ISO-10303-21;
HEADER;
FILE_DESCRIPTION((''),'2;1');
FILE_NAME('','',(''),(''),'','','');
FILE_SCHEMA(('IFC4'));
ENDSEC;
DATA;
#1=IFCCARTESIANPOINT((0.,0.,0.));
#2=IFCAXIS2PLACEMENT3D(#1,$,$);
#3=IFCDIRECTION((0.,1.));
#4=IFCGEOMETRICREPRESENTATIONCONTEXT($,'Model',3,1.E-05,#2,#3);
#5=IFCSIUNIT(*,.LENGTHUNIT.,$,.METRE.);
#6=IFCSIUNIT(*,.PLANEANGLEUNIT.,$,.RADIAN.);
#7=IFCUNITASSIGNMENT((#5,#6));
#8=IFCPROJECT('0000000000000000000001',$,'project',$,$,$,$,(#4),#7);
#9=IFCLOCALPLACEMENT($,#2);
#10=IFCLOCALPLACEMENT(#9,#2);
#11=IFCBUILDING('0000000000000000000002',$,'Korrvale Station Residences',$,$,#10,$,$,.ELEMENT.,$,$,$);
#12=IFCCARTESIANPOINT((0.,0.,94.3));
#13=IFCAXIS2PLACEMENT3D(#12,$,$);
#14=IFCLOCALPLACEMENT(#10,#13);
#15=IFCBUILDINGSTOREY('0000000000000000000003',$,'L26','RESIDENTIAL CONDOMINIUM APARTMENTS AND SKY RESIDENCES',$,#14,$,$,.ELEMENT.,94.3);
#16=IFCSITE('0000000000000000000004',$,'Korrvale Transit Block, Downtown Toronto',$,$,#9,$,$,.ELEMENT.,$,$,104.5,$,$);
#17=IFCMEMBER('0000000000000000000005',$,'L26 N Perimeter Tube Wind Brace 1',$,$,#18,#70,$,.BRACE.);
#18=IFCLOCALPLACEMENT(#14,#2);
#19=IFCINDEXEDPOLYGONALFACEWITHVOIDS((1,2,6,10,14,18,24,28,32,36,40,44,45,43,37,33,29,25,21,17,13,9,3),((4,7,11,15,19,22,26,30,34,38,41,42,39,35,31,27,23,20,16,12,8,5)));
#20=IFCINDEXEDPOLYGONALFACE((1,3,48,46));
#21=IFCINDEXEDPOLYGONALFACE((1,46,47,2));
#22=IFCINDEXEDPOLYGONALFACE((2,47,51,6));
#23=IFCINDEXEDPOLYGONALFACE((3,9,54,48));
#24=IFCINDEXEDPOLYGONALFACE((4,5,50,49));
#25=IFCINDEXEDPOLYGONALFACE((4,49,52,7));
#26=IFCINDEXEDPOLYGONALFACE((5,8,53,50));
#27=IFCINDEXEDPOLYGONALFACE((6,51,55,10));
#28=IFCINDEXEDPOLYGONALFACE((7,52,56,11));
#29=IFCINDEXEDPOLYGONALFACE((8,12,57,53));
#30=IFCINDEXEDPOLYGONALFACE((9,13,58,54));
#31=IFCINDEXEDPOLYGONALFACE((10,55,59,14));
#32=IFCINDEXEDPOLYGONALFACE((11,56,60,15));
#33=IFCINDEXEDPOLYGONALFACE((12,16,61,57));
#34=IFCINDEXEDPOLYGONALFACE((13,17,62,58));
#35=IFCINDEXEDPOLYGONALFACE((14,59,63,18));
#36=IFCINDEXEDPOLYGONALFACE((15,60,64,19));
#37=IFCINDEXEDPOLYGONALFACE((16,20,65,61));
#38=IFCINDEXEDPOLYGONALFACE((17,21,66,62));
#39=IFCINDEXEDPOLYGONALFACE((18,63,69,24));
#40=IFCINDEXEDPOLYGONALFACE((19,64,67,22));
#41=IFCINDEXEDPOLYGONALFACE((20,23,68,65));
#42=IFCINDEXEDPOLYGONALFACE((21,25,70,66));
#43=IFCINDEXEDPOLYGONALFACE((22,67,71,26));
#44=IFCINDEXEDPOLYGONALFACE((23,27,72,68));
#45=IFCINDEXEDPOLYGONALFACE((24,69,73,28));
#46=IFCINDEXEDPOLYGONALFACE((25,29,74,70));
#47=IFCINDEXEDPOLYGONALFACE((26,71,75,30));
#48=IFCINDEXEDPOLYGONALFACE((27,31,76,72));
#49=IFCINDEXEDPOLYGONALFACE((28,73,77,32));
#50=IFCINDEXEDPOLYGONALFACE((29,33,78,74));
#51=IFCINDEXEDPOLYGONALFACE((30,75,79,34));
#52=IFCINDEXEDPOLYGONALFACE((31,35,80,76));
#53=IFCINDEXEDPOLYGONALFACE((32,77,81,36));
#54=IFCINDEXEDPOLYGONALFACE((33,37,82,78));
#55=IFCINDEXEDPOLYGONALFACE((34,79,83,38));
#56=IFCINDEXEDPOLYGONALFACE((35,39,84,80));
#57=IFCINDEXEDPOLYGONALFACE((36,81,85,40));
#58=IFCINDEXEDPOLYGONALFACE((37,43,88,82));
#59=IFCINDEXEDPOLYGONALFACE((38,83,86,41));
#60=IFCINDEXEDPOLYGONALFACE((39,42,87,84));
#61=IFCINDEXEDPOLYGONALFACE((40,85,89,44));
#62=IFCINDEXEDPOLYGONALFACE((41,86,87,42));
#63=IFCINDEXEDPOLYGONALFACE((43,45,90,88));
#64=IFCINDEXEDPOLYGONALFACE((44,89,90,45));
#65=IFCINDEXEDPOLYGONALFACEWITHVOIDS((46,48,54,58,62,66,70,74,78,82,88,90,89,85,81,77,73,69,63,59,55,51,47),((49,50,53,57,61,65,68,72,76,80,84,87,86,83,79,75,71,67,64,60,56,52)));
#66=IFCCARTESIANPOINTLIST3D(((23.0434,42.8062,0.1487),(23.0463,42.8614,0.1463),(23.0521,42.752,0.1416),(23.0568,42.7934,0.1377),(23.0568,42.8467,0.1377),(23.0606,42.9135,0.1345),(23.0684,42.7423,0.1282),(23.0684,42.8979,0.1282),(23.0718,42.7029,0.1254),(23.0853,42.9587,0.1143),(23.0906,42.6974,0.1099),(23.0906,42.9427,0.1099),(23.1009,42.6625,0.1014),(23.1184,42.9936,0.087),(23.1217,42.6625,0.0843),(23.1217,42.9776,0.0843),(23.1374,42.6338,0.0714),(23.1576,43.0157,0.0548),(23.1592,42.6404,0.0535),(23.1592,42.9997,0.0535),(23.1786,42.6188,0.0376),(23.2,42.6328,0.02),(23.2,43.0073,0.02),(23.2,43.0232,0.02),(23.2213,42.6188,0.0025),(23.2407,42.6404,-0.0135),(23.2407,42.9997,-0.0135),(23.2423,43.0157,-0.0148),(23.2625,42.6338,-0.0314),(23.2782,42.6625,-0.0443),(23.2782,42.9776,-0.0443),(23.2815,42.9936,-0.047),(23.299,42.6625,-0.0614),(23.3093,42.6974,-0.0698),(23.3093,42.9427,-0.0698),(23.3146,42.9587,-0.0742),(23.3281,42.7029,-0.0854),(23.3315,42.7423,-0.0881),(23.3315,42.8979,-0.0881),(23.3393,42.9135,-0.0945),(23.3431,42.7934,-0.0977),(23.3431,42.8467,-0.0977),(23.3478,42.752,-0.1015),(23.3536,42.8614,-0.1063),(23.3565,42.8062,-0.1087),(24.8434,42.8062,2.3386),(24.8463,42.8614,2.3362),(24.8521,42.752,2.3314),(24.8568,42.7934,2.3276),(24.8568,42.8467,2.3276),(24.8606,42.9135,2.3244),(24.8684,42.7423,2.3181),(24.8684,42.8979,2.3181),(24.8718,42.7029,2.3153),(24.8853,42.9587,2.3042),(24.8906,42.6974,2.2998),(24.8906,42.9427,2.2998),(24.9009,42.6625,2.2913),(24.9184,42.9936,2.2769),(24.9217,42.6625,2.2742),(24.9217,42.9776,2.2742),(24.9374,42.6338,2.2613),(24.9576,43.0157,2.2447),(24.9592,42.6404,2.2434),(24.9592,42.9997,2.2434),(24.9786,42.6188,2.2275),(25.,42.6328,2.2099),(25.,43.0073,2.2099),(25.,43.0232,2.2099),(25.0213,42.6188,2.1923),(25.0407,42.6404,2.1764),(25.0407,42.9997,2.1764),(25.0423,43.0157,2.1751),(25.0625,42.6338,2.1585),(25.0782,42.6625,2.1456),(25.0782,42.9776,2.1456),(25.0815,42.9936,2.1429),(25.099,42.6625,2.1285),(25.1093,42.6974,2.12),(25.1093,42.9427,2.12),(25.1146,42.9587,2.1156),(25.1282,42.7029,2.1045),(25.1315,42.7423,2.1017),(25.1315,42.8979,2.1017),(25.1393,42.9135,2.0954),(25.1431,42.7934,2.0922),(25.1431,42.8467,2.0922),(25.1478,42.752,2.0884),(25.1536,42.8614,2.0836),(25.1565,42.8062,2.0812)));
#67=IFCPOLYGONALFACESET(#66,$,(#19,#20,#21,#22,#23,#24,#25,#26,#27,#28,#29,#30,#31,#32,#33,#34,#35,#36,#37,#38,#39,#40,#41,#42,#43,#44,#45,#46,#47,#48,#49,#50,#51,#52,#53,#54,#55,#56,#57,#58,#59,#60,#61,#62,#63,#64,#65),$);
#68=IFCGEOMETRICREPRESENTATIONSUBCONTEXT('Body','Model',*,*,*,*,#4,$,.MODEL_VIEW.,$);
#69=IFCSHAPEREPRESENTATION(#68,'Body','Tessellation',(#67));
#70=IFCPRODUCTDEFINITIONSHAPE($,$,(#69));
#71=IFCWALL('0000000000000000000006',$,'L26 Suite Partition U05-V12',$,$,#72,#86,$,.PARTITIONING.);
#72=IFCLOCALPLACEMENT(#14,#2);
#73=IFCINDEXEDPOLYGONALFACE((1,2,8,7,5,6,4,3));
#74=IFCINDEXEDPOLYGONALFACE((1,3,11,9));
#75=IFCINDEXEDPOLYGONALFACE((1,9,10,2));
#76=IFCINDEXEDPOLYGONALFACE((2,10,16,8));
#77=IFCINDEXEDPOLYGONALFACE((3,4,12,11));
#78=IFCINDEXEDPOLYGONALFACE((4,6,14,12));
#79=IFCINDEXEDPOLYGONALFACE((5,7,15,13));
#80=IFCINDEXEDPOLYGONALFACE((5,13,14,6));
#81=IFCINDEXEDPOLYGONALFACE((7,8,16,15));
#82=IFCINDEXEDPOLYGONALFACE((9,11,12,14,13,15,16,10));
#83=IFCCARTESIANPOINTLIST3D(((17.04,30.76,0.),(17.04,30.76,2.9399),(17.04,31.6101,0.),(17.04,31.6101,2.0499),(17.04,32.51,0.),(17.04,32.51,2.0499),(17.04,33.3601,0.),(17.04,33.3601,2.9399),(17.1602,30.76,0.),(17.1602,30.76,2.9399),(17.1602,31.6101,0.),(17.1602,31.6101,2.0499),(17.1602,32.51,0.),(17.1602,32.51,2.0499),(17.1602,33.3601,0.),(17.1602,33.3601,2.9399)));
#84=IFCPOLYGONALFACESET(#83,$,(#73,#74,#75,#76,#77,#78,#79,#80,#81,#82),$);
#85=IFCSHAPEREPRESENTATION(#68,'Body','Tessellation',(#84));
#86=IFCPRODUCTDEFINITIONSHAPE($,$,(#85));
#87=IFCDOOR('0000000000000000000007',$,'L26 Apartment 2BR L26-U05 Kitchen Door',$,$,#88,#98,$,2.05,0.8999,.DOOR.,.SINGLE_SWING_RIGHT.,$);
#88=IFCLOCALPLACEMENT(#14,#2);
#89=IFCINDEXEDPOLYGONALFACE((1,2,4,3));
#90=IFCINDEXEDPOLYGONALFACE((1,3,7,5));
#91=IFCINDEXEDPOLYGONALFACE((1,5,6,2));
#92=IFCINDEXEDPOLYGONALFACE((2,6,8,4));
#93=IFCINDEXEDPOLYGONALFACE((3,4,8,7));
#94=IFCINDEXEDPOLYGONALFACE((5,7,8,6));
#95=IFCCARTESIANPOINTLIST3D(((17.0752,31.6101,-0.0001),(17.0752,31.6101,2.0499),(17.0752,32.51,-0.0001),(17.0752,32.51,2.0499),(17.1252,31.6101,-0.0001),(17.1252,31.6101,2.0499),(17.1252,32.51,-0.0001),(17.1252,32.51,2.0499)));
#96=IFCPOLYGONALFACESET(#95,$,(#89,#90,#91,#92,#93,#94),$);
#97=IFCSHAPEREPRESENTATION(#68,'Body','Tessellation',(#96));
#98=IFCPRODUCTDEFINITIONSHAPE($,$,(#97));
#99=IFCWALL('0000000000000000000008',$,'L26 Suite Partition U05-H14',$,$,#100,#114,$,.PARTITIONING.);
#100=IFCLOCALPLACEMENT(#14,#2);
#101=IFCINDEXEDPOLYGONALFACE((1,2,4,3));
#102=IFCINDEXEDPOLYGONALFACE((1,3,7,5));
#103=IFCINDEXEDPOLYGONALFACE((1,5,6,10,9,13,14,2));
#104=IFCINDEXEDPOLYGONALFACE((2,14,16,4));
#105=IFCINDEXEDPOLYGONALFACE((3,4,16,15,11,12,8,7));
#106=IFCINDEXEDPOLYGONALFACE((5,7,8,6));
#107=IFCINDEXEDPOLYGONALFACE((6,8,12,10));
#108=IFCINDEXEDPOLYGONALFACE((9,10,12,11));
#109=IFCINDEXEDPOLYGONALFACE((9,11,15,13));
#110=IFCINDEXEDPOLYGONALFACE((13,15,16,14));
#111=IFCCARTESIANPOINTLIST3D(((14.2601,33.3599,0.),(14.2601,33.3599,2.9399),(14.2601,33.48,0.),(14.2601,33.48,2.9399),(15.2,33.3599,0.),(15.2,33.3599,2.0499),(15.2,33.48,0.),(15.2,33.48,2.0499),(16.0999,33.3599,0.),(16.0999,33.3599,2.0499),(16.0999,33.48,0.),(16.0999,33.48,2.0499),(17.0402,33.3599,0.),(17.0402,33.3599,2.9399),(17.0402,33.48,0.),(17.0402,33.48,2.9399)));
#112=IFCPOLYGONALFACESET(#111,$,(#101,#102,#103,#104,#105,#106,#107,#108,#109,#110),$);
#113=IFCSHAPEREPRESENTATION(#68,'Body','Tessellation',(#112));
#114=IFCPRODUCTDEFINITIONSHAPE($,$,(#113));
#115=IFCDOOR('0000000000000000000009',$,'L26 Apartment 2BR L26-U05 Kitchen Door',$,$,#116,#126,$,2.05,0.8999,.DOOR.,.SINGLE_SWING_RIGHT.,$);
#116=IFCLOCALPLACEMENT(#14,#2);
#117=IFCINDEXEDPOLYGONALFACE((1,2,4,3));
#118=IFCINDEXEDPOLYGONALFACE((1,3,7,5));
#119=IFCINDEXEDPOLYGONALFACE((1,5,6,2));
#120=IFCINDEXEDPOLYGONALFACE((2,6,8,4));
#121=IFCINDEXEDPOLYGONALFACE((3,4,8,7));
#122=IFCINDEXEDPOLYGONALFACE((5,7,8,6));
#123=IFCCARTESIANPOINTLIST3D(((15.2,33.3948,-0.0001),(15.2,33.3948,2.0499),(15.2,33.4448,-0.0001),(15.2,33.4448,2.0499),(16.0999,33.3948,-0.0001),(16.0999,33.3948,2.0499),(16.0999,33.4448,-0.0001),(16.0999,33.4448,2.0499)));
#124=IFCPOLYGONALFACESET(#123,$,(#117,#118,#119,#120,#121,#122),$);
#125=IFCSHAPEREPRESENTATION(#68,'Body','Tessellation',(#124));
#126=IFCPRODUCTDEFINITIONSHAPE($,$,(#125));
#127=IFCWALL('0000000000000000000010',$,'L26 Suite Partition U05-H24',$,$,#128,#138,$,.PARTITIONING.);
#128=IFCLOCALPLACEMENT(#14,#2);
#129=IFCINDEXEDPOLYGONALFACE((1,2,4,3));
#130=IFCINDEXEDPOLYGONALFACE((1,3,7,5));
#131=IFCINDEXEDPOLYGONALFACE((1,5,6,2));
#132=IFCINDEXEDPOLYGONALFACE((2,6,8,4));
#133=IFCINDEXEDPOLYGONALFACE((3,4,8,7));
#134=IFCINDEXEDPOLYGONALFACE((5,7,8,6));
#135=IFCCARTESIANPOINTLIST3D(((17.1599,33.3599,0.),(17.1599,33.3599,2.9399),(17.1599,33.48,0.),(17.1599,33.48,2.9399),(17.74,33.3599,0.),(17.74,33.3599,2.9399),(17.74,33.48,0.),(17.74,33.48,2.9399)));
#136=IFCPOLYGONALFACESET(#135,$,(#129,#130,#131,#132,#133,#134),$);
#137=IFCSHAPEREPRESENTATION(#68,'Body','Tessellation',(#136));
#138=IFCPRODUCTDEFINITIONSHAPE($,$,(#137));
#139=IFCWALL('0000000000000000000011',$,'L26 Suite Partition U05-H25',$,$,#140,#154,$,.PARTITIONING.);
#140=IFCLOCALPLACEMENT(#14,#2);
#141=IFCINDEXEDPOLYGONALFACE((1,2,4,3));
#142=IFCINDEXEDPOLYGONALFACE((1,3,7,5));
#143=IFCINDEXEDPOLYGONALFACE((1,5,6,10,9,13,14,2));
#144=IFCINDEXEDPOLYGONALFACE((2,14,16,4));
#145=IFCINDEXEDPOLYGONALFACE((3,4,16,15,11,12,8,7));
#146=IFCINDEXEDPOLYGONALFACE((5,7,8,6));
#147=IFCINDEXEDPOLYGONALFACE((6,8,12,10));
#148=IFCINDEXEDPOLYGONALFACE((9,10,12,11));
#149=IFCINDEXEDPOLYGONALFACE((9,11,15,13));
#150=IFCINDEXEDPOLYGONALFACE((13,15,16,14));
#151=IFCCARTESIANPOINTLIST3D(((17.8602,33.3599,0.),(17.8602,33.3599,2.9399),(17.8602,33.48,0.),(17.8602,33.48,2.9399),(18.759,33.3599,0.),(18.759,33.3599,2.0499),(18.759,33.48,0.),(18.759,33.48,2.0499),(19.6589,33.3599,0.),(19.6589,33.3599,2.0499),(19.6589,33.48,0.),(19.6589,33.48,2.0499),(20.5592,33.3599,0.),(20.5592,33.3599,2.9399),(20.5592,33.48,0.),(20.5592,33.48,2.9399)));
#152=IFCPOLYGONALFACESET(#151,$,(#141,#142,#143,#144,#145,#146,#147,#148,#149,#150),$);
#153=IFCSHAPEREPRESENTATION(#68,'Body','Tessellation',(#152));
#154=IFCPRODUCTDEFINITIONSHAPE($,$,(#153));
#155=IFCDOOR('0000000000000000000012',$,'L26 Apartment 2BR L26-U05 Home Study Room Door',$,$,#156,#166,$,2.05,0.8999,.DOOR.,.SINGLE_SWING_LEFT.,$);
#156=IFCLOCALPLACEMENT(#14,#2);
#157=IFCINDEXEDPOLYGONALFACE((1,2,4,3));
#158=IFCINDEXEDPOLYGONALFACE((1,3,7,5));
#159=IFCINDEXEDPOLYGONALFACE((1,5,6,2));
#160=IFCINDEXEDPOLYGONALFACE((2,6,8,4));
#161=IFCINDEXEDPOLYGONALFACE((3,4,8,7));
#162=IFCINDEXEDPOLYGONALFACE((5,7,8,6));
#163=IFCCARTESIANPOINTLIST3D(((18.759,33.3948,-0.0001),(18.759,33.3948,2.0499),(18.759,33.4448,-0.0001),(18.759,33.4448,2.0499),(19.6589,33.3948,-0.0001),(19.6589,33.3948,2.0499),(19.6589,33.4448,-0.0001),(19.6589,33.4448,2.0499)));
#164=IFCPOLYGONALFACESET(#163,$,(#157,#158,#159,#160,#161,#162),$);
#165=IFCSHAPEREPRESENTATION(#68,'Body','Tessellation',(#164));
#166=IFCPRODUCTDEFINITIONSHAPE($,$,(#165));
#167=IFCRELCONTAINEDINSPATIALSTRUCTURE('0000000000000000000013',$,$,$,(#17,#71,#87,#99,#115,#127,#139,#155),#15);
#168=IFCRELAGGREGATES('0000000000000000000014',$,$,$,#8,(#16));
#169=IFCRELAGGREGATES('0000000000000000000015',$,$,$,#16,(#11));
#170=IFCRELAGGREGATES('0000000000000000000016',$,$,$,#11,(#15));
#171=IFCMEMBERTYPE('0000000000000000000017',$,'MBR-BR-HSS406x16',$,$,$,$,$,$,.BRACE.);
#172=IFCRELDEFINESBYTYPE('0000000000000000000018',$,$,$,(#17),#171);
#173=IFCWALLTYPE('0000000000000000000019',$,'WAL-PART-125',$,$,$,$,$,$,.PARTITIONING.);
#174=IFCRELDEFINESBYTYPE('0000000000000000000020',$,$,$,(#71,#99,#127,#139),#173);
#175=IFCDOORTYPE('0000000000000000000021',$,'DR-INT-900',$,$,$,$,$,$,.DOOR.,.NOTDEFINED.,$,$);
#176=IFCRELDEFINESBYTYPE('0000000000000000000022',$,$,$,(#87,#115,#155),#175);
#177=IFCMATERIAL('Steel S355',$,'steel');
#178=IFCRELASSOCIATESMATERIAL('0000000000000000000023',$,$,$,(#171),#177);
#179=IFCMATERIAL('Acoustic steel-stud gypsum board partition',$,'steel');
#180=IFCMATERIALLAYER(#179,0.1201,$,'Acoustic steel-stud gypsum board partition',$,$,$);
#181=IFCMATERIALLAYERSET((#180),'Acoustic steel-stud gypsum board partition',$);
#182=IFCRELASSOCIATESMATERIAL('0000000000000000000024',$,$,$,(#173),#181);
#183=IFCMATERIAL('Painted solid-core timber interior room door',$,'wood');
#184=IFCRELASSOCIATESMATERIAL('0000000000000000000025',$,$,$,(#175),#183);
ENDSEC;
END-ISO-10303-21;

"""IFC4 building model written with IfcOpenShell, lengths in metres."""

from ifc_helpers import new_model, si_unit, direction, frame, frame_2d, origin, origin_2d, place, context, subcontext, project, spatial, rectangle, hollow_circle, extrude, material, layer, layer_set, material_profile, profile_set, type_object, element, fill, save


model = new_model("IFC4")

# Units and contexts
model_context = context("Model", 3, precision=1e-05, world=origin(), true_north=direction((0.0, 1.0)))
body_context = subcontext(model_context, "Body", "Model", "MODEL_VIEW")
ifc_project = project(units=[si_unit("LENGTHUNIT", "METRE"), si_unit("PLANEANGLEUNIT", "RADIAN")], contexts=[model_context])

# Site, building, storey
site_placement = place(None, origin())
site = spatial("IfcSite", under=ifc_project, at=site_placement, Name="Korrvale Transit Block, Downtown Toronto", CompositionType="ELEMENT", RefElevation=104.5)
building_placement = place(site_placement, origin())
building = spatial("IfcBuilding", under=site, at=building_placement, Name="Korrvale Station Residences", CompositionType="ELEMENT")
storey_placement = place(building_placement, frame((0.0, 0.0, 94.3)))
storey = spatial("IfcBuildingStorey", under=building, at=storey_placement, Name="L26", Description="RESIDENTIAL CONDOMINIUM APARTMENTS AND SKY RESIDENCES", CompositionType="ELEMENT", Elevation=94.3)

# Shared definitions
ifc_material_1 = material(Name="Steel S355", Category="steel")

# Member
ifc_material_profile_1 = material_profile(ifc_material_1, hollow_circle(Radius=0.2031, WallThickness=0.0159, at=origin_2d()), Name="HSS406x16")
ifc_profile_set_1 = profile_set([ifc_material_profile_1], Name="Steel S355")
member_type = type_object("IfcMemberType", Name="MBR-BR-HSS406x16", PredefinedType="BRACE", material=ifc_profile_set_1)
member_placement = place(storey_placement, frame((23.2, 42.8201, 0.02), z_axis=(0.634985, 0.0, 0.772524), x_axis=(0.0, 1.0, 0.0)))
element("IfcMember", 1, at=member_placement, inside=storey, type_object=member_type, Name="L26 N Perimeter Tube Wind Brace 1", PredefinedType="BRACE", context=body_context, shape_type="SweptSolid", body=[
    extrude(hollow_circle(Radius=0.2031, WallThickness=0.0159, at=origin_2d()), origin(), (0.0, 0.0, 1.0), 2.8347),
])

# Walls, openings, doors
ifc_material_2 = material(Name="Acoustic steel-stud gypsum board partition", Category="steel")
ifc_layer_1 = layer(ifc_material_2, 0.1201, Name="Acoustic steel-stud gypsum board partition")
ifc_layer_set_1 = layer_set([ifc_layer_1], Name="Acoustic steel-stud gypsum board partition")
wall_type_1 = type_object("IfcWallType", Name="WAL-PART-125", PredefinedType="PARTITIONING", material=ifc_layer_set_1)
wall_1_placement = place(storey_placement, frame((17.1001, 30.76, 0.0), z_axis=(0.0, 0.0, 1.0), x_axis=(0.0, 1.0, 0.0)))
wall_1 = element("IfcWall", 2, at=wall_1_placement, inside=storey, type_object=wall_type_1, Name="L26 Suite Partition U05-V12", PredefinedType="PARTITIONING", context=body_context, shape_type="SweptSolid", body=[
    extrude(rectangle(XDim=2.6001, YDim=0.1201, at=frame_2d((1.3, 0.0))), origin(), (0.0, 0.0, 1.0), 2.9399),
])
opening_1_placement = place(wall_1_placement, frame((0.8501, 0.0, 0.0)))
opening_1 = element("IfcOpeningElement", 3, at=opening_1_placement, cuts=wall_1, PredefinedType="OPENING", context=body_context, shape_type="SweptSolid", body=[
    extrude(rectangle(XDim=0.8999, YDim=2.05, at=frame_2d((0.45, 1.0249))), frame((0.0, 0.0701, 0.0), z_axis=(0.0, -1.0, 0.0), x_axis=(1.0, 0.0, 0.0)), (0.0, 0.0, 1.0), 0.1401),
])
ifc_material_3 = material(Name="Painted solid-core timber interior room door", Category="wood")
door_type_1 = type_object("IfcDoorType", Name="DR-INT-900", OperationType="NOTDEFINED", PredefinedType="DOOR", material=ifc_material_3)
door_1_placement = place(opening_1_placement, origin())
door_1 = element("IfcDoor", 4, at=door_1_placement, inside=storey, type_object=door_type_1, Name="L26 Apartment 2BR L26-U05 Kitchen Door", OperationType="SINGLE_SWING_RIGHT", OverallHeight=2.05, OverallWidth=0.8999, PredefinedType="DOOR", context=body_context, shape_type="SweptSolid", body=[
    extrude(rectangle(XDim=0.8999, YDim=2.05, at=frame_2d((0.45, 1.0249))), frame((0.0, 0.0249, 0.0), z_axis=(0.0, -1.0, 0.0), x_axis=(1.0, 0.0, 0.0)), (0.0, 0.0, 1.0), 0.05),
])
fill(opening_1, door_1)
wall_2_placement = place(storey_placement, frame((14.26, 33.4199, 0.0), z_axis=(0.0, 0.0, 1.0), x_axis=(1.0, 0.0, 0.0)))
wall_2 = element("IfcWall", 5, at=wall_2_placement, inside=storey, type_object=wall_type_1, Name="L26 Suite Partition U05-H14", PredefinedType="PARTITIONING", context=body_context, shape_type="SweptSolid", body=[
    extrude(rectangle(XDim=2.78, YDim=0.1201, at=frame_2d((1.3901, 0.0))), origin(), (0.0, 0.0, 1.0), 2.9399),
])
opening_2_placement = place(wall_2_placement, frame((0.9399, 0.0, 0.0)))
opening_2 = element("IfcOpeningElement", 6, at=opening_2_placement, cuts=wall_2, PredefinedType="OPENING", context=body_context, shape_type="SweptSolid", body=[
    extrude(rectangle(XDim=0.8999, YDim=2.05, at=frame_2d((0.45, 1.0249))), frame((0.0, 0.0701, 0.0), z_axis=(0.0, -1.0, 0.0), x_axis=(1.0, 0.0, 0.0)), (0.0, 0.0, 1.0), 0.1401),
])
door_2_placement = place(opening_2_placement, origin())
door_2 = element("IfcDoor", 7, at=door_2_placement, inside=storey, type_object=door_type_1, Name="L26 Apartment 2BR L26-U05 Kitchen Door", OperationType="SINGLE_SWING_RIGHT", OverallHeight=2.05, OverallWidth=0.8999, PredefinedType="DOOR", context=body_context, shape_type="SweptSolid", body=[
    extrude(rectangle(XDim=0.8999, YDim=2.05, at=frame_2d((0.45, 1.0249))), frame((0.0, 0.0249, 0.0), z_axis=(0.0, -1.0, 0.0), x_axis=(1.0, 0.0, 0.0)), (0.0, 0.0, 1.0), 0.05),
])
fill(opening_2, door_2)

# Wall
wall_3_placement = place(storey_placement, frame((17.1599, 33.4199, 0.0), z_axis=(0.0, 0.0, 1.0), x_axis=(1.0, 0.0, 0.0)))
element("IfcWall", 8, at=wall_3_placement, inside=storey, type_object=wall_type_1, Name="L26 Suite Partition U05-H24", PredefinedType="PARTITIONING", context=body_context, shape_type="SweptSolid", body=[
    extrude(rectangle(XDim=0.5801, YDim=0.1201, at=frame_2d((0.29, 0.0))), origin(), (0.0, 0.0, 1.0), 2.9399),
])

# Wall, opening, door
wall_4_placement = place(storey_placement, frame((17.8601, 33.4199, 0.0), z_axis=(0.0, 0.0, 1.0), x_axis=(1.0, 0.0, 0.0)))
wall_4 = element("IfcWall", 9, at=wall_4_placement, inside=storey, type_object=wall_type_1, Name="L26 Suite Partition U05-H25", PredefinedType="PARTITIONING", context=body_context, shape_type="SweptSolid", body=[
    extrude(rectangle(XDim=2.699, YDim=0.1201, at=frame_2d((1.3496, 0.0))), origin(), (0.0, 0.0, 1.0), 2.9399),
])
opening_3_placement = place(wall_4_placement, frame((0.8989, 0.0, 0.0)))
opening_3 = element("IfcOpeningElement", 10, at=opening_3_placement, cuts=wall_4, PredefinedType="OPENING", context=body_context, shape_type="SweptSolid", body=[
    extrude(rectangle(XDim=0.8999, YDim=2.05, at=frame_2d((0.45, 1.0249))), frame((0.0, 0.0701, 0.0), z_axis=(0.0, -1.0, 0.0), x_axis=(1.0, 0.0, 0.0)), (0.0, 0.0, 1.0), 0.1401),
])
door_3_placement = place(opening_3_placement, origin())
door_3 = element("IfcDoor", 11, at=door_3_placement, inside=storey, type_object=door_type_1, Name="L26 Apartment 2BR L26-U05 Home Study Room Door", OperationType="SINGLE_SWING_LEFT", OverallHeight=2.05, OverallWidth=0.8999, PredefinedType="DOOR", context=body_context, shape_type="SweptSolid", body=[
    extrude(rectangle(XDim=0.8999, YDim=2.05, at=frame_2d((0.45, 1.0249))), frame((0.0, 0.0249, 0.0), z_axis=(0.0, -1.0, 0.0), x_axis=(1.0, 0.0, 0.0)), (0.0, 0.0, 1.0), 0.05),
])
fill(opening_3, door_3)

save(model, "model.ifc")
